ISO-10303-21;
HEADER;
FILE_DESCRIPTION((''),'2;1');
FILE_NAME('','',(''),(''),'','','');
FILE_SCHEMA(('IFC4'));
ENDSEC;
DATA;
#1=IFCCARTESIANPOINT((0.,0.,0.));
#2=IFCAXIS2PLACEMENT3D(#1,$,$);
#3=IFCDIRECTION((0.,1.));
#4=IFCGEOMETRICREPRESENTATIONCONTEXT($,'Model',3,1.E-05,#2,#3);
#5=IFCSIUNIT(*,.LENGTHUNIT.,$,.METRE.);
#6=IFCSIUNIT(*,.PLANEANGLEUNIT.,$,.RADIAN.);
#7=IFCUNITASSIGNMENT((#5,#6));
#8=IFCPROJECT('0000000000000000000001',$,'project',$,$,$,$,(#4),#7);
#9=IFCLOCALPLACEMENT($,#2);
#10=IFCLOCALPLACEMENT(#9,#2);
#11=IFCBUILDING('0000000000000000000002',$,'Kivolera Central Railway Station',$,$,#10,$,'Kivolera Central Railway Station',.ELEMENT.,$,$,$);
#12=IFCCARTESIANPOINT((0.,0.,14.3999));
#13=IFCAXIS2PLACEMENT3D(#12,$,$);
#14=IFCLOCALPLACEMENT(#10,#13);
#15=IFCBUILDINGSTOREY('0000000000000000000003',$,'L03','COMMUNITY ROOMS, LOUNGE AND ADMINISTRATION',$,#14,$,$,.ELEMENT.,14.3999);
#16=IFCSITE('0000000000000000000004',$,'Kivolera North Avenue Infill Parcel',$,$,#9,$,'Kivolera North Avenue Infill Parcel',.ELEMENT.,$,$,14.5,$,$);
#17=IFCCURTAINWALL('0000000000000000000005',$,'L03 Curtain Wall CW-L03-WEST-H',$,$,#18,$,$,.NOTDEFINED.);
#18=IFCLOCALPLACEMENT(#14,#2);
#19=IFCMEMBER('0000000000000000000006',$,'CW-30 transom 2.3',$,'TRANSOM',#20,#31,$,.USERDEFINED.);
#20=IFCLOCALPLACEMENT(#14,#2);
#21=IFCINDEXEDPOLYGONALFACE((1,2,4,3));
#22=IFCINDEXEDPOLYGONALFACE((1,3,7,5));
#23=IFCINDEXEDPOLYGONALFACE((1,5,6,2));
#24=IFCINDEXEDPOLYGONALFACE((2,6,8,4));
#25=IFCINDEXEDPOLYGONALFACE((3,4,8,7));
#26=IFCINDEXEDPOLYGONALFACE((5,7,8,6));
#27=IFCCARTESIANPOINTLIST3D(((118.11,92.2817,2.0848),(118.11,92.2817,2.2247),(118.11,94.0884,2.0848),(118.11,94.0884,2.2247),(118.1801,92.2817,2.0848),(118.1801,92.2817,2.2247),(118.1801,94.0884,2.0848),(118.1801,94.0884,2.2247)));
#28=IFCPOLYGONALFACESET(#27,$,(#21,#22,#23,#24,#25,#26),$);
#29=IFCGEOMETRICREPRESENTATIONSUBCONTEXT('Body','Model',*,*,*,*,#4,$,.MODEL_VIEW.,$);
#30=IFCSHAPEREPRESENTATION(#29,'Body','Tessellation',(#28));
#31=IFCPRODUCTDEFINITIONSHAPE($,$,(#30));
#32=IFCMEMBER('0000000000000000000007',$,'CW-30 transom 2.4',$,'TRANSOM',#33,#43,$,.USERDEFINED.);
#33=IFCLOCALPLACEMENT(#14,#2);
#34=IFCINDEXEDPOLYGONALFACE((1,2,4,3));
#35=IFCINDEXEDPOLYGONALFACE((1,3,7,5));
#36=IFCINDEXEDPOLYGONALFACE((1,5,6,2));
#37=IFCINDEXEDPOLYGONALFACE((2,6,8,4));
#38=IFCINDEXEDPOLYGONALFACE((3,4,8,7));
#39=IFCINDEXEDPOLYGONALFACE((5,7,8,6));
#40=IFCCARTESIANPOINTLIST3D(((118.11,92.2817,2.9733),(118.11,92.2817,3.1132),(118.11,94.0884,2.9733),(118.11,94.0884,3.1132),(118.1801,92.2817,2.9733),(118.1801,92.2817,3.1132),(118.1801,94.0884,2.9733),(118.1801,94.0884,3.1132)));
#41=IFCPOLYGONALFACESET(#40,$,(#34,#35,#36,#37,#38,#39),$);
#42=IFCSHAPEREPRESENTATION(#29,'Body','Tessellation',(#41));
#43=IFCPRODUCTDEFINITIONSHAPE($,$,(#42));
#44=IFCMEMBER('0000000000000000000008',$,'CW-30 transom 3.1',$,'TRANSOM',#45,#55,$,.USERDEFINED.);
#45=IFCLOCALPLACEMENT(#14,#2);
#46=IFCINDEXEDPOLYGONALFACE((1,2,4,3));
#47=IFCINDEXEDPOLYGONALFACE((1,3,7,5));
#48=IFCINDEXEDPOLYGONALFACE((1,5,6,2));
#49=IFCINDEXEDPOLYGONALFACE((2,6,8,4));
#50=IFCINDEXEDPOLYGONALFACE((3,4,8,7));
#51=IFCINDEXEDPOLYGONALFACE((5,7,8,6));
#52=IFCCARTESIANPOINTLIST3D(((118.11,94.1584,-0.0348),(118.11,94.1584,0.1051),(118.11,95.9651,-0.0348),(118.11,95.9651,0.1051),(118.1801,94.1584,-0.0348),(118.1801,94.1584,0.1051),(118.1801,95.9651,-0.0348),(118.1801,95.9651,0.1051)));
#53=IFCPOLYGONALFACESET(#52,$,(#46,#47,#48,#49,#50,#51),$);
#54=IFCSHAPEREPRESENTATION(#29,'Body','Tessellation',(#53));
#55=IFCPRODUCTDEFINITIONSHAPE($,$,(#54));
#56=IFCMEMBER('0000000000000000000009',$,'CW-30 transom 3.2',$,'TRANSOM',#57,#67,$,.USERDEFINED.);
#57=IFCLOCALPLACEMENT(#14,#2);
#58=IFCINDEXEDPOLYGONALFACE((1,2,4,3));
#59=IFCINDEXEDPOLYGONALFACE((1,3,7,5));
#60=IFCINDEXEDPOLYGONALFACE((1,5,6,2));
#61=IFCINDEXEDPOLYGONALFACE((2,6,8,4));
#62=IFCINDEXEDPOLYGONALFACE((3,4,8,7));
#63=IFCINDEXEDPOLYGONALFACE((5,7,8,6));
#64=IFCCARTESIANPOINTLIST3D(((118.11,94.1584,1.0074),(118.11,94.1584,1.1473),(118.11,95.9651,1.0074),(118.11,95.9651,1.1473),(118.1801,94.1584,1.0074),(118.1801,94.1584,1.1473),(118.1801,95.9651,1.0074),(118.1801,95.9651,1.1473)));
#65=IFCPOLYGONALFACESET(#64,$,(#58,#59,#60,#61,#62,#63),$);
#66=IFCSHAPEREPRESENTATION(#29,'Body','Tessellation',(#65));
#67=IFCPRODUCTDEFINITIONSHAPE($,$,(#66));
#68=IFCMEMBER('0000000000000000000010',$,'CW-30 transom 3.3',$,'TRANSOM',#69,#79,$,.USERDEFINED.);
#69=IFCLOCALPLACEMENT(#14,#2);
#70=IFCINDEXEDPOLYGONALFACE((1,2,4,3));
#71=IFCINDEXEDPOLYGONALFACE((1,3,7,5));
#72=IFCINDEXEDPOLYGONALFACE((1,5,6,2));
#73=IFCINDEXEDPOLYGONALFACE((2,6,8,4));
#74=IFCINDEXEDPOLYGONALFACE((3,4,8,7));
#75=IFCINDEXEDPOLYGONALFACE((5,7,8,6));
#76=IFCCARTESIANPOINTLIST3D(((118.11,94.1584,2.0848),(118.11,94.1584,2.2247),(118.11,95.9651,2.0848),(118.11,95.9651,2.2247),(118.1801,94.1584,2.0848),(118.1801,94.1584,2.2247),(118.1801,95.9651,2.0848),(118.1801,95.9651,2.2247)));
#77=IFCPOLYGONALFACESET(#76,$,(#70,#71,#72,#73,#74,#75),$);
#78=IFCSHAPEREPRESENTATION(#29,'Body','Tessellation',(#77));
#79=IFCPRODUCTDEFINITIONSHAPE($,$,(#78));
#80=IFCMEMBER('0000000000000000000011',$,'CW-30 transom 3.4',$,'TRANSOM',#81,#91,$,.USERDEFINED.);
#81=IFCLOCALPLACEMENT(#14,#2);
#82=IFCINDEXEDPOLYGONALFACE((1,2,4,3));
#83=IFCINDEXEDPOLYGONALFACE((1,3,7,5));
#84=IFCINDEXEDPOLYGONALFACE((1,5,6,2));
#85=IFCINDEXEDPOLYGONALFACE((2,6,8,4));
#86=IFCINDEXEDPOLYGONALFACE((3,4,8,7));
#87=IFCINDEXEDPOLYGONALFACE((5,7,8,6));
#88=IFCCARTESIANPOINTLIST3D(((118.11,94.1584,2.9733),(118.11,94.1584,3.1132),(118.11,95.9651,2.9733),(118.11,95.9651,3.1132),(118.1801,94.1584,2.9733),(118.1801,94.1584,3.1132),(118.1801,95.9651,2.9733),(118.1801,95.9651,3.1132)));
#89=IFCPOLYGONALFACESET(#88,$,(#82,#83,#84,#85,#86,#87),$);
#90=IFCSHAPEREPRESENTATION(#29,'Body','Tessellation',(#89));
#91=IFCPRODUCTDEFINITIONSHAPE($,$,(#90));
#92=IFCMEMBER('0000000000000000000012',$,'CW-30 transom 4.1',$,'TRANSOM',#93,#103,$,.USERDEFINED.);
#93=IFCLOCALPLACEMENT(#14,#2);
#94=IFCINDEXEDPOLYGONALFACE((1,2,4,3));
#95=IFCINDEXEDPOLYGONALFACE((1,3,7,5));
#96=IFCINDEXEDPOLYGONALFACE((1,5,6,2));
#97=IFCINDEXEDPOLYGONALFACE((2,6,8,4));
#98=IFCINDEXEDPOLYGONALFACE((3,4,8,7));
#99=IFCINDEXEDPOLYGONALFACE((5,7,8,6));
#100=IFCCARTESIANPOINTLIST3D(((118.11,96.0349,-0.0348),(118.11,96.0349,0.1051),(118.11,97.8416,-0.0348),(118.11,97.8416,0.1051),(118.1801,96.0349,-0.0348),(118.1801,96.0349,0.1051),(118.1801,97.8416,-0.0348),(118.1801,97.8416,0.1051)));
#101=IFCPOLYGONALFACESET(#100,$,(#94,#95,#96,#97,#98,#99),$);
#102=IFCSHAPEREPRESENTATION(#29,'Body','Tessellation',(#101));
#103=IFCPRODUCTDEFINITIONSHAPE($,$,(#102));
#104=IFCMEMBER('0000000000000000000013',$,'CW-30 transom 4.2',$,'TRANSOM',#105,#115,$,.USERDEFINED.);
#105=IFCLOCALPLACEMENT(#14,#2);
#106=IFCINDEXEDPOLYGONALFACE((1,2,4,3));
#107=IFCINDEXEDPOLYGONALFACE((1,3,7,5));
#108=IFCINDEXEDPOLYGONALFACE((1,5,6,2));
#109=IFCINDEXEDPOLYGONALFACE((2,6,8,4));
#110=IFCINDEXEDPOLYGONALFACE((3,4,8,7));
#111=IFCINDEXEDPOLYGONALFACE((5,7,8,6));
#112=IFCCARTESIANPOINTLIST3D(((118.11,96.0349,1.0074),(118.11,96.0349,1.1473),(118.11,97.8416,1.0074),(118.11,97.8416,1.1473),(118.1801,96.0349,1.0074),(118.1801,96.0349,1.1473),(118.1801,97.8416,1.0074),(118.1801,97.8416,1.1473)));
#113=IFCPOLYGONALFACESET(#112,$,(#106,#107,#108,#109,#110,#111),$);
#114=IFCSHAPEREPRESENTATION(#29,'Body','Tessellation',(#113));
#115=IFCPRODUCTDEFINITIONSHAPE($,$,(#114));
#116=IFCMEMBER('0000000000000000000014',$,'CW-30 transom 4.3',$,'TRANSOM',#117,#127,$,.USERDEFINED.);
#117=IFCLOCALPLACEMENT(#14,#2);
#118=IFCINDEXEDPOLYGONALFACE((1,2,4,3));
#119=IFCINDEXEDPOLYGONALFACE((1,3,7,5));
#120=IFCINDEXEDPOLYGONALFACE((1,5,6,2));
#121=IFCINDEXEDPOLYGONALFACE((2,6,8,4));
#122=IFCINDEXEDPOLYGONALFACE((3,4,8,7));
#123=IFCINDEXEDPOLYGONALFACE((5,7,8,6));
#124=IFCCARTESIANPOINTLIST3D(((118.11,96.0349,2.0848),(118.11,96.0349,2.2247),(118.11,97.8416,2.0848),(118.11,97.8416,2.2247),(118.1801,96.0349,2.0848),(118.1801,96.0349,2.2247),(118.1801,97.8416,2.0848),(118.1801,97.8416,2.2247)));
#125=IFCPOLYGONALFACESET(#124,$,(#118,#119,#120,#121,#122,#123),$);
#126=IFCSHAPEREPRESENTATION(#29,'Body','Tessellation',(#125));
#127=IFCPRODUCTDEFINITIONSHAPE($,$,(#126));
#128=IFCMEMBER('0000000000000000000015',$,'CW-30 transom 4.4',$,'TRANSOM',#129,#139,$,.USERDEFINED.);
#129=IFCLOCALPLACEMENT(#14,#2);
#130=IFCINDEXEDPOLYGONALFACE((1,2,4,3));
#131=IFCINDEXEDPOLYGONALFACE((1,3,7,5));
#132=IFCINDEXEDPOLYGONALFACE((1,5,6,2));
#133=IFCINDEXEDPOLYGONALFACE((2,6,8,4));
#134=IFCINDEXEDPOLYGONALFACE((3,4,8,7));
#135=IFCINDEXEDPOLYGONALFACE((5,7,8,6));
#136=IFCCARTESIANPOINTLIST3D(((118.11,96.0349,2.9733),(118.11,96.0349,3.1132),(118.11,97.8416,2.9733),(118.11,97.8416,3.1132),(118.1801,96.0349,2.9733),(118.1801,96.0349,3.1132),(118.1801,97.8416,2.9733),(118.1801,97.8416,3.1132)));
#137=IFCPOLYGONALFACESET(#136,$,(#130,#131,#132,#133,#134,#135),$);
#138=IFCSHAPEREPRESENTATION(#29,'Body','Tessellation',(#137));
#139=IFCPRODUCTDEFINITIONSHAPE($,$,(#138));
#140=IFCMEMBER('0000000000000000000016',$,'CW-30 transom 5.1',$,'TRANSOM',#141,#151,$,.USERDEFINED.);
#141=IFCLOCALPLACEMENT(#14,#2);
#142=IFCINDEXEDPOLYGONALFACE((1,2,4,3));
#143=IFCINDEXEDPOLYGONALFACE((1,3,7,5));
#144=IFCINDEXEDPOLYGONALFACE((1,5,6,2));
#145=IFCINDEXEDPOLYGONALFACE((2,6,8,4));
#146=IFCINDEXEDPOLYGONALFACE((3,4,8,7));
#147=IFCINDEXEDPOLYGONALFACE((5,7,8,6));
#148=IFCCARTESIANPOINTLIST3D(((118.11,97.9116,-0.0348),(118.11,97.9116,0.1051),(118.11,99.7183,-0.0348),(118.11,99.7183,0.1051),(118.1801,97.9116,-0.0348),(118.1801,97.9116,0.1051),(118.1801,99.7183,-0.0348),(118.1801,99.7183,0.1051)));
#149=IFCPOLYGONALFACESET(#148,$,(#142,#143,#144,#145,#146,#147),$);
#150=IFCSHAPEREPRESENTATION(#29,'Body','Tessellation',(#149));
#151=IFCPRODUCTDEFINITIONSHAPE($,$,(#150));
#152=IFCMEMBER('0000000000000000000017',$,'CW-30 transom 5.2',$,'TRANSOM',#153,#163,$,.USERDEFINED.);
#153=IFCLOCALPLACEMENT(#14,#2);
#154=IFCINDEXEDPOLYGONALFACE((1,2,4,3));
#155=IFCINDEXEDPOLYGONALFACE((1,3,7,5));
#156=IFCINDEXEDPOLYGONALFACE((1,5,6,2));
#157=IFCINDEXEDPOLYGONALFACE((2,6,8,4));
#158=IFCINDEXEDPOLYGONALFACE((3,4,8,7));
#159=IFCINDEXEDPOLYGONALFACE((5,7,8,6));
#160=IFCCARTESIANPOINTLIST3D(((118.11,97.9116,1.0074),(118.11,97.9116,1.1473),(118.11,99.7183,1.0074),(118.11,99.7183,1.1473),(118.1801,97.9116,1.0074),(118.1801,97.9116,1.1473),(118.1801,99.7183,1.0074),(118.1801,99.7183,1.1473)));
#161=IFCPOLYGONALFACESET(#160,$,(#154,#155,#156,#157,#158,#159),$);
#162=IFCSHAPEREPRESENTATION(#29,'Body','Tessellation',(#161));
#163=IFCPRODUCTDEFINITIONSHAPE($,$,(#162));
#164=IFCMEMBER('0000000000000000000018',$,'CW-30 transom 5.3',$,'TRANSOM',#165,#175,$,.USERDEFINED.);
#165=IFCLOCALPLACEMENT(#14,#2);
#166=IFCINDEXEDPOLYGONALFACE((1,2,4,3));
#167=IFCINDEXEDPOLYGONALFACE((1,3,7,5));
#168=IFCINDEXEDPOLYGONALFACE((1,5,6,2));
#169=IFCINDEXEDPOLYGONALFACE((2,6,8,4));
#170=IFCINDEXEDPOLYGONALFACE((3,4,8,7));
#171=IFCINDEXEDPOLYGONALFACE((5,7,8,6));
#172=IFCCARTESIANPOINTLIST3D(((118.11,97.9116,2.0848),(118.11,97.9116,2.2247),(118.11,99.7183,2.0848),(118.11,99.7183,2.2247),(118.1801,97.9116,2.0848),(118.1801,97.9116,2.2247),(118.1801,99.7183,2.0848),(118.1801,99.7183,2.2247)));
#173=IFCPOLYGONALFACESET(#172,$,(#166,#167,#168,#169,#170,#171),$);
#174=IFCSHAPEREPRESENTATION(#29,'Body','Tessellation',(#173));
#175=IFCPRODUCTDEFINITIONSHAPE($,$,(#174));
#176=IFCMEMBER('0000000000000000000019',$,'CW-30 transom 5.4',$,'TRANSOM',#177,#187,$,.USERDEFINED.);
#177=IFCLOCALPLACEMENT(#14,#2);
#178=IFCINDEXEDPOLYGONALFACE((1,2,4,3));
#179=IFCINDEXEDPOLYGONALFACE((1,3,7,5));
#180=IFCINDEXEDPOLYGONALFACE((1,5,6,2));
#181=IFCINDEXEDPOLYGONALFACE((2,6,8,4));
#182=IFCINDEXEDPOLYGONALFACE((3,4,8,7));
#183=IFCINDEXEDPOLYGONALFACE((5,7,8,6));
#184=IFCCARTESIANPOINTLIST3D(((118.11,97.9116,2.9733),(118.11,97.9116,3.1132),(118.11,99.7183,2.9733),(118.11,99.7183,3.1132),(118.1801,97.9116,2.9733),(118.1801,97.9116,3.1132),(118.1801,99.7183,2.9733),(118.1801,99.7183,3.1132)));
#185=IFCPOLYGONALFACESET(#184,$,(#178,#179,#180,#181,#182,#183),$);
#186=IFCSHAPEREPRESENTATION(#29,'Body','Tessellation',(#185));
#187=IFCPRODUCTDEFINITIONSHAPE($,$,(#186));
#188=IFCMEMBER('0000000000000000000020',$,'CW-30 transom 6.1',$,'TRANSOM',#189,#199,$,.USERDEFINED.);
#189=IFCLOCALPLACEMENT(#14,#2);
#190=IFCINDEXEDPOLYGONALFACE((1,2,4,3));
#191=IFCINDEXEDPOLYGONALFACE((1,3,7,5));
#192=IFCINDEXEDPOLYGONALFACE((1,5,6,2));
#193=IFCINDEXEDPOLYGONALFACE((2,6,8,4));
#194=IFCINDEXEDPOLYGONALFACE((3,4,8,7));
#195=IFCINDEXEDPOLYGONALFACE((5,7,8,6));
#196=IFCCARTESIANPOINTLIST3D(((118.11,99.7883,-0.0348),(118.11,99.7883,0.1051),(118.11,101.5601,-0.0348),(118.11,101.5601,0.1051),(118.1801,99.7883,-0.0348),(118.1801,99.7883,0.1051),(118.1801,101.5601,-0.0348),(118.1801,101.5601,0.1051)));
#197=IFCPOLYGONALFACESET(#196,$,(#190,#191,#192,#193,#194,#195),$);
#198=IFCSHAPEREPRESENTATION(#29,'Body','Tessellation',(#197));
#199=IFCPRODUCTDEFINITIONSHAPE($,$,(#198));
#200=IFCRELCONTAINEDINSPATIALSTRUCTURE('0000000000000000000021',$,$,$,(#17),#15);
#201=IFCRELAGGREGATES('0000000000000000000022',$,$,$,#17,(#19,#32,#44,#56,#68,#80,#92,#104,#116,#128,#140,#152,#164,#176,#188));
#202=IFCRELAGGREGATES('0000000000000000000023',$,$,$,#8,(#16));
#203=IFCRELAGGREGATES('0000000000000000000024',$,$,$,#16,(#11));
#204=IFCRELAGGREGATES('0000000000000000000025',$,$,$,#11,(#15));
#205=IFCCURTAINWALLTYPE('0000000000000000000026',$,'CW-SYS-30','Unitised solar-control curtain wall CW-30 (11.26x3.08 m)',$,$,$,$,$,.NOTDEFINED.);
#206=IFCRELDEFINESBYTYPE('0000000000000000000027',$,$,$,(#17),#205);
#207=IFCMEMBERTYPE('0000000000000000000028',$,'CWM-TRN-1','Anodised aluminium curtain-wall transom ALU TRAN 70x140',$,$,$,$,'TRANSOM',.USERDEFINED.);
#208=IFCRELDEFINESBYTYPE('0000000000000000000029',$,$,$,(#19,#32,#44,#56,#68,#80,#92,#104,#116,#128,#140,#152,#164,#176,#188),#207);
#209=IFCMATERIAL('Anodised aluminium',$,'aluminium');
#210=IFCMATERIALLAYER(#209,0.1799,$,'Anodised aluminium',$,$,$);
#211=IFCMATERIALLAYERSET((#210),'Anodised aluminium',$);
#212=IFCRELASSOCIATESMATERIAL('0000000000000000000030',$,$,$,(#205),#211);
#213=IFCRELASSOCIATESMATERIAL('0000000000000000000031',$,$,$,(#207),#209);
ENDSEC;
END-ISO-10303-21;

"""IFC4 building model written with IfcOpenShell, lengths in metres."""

from ifc_helpers import new_model, si_unit, direction, frame, origin, origin_2d, place, context, subcontext, project, spatial, rectangle, extrude, material, layer, layer_set, material_profile, profile_set, type_object, element, aggregate, save


model = new_model("IFC4")

# Units and contexts
model_context = context("Model", 3, precision=1e-05, world=origin(), true_north=direction((0.0, 1.0)))
body_context = subcontext(model_context, "Body", "Model", "MODEL_VIEW")
ifc_project = project(units=[si_unit("LENGTHUNIT", "METRE"), si_unit("PLANEANGLEUNIT", "RADIAN")], contexts=[model_context])

# Site, building, storey
site_placement = place(None, origin())
site = spatial("IfcSite", under=ifc_project, at=site_placement, Name="Kivolera North Avenue Infill Parcel", LongName="Kivolera North Avenue Infill Parcel", CompositionType="ELEMENT", RefElevation=14.5)
building_placement = place(site_placement, origin())
building = spatial("IfcBuilding", under=site, at=building_placement, Name="Kivolera Central Railway Station", LongName="Kivolera Central Railway Station", CompositionType="ELEMENT")
storey_placement = place(building_placement, frame((0.0, 0.0, 14.3999)))
storey = spatial("IfcBuildingStorey", under=building, at=storey_placement, Name="L03", Description="COMMUNITY ROOMS, LOUNGE AND ADMINISTRATION", CompositionType="ELEMENT", Elevation=14.3999)

# Curtain wall, members
ifc_material_1 = material(Name="Anodised aluminium", Category="aluminium")
ifc_layer_1 = layer(ifc_material_1, 0.1799, Name="Anodised aluminium")
ifc_layer_set_1 = layer_set([ifc_layer_1], Name="Anodised aluminium")
curtain_wall_type = type_object("IfcCurtainWallType", Name="CW-SYS-30", Description="Unitised solar-control curtain wall CW-30 (11.26x3.08 m)", PredefinedType="NOTDEFINED", material=ifc_layer_set_1)
curtain_wall_placement = place(storey_placement, origin())
curtain_wall = element("IfcCurtainWall", 1, at=curtain_wall_placement, inside=storey, type_object=curtain_wall_type, Name="L03 Curtain Wall CW-L03-WEST-H", PredefinedType="NOTDEFINED")
ifc_material_profile = material_profile(ifc_material_1, rectangle(XDim=0.0701, YDim=0.1399, at=origin_2d()), Name="ALU TRAN 70x140")
ifc_profile_set = profile_set([ifc_material_profile], Name="Anodised aluminium")
member_type = type_object("IfcMemberType", Name="CWM-TRN-1", Description="Anodised aluminium curtain-wall transom ALU TRAN 70x140", ElementType="TRANSOM", PredefinedType="USERDEFINED", material=ifc_profile_set)
member_1_placement = place(storey_placement, frame((118.145, 92.2817, 2.1548), z_axis=(0.0, 1.0, 0.0), x_axis=(-1.0, 0.0, 0.0)))
member_1 = element("IfcMember", 2, at=member_1_placement, type_object=member_type, Name="CW-30 transom 2.3", ObjectType="TRANSOM", PredefinedType="USERDEFINED", context=body_context, shape_type="SweptSolid", body=[
    extrude(rectangle(XDim=0.0701, YDim=0.1399, at=origin_2d()), origin(), (0.0, 0.0, 1.0), 1.8066),
])
member_2_placement = place(storey_placement, frame((118.145, 92.2817, 3.0432), z_axis=(0.0, 1.0, 0.0), x_axis=(-1.0, 0.0, 0.0)))
member_2 = element("IfcMember", 3, at=member_2_placement, type_object=member_type, Name="CW-30 transom 2.4", ObjectType="TRANSOM", PredefinedType="USERDEFINED", context=body_context, shape_type="SweptSolid", body=[
    extrude(rectangle(XDim=0.0701, YDim=0.1399, at=origin_2d()), origin(), (0.0, 0.0, 1.0), 1.8066),
])
member_3_placement = place(storey_placement, frame((118.145, 94.1584, 0.0352), z_axis=(0.0, 1.0, 0.0), x_axis=(-1.0, 0.0, 0.0)))
member_3 = element("IfcMember", 4, at=member_3_placement, type_object=member_type, Name="CW-30 transom 3.1", ObjectType="TRANSOM", PredefinedType="USERDEFINED", context=body_context, shape_type="SweptSolid", body=[
    extrude(rectangle(XDim=0.0701, YDim=0.1399, at=origin_2d()), origin(), (0.0, 0.0, 1.0), 1.8066),
])
member_4_placement = place(storey_placement, frame((118.145, 94.1584, 1.0774), z_axis=(0.0, 1.0, 0.0), x_axis=(-1.0, 0.0, 0.0)))
member_4 = element("IfcMember", 5, at=member_4_placement, type_object=member_type, Name="CW-30 transom 3.2", ObjectType="TRANSOM", PredefinedType="USERDEFINED", context=body_context, shape_type="SweptSolid", body=[
    extrude(rectangle(XDim=0.0701, YDim=0.1399, at=origin_2d()), origin(), (0.0, 0.0, 1.0), 1.8066),
])
member_5_placement = place(storey_placement, frame((118.145, 94.1584, 2.1548), z_axis=(0.0, 1.0, 0.0), x_axis=(-1.0, 0.0, 0.0)))
member_5 = element("IfcMember", 6, at=member_5_placement, type_object=member_type, Name="CW-30 transom 3.3", ObjectType="TRANSOM", PredefinedType="USERDEFINED", context=body_context, shape_type="SweptSolid", body=[
    extrude(rectangle(XDim=0.0701, YDim=0.1399, at=origin_2d()), origin(), (0.0, 0.0, 1.0), 1.8066),
])
member_6_placement = place(storey_placement, frame((118.145, 94.1584, 3.0432), z_axis=(0.0, 1.0, 0.0), x_axis=(-1.0, 0.0, 0.0)))
member_6 = element("IfcMember", 7, at=member_6_placement, type_object=member_type, Name="CW-30 transom 3.4", ObjectType="TRANSOM", PredefinedType="USERDEFINED", context=body_context, shape_type="SweptSolid", body=[
    extrude(rectangle(XDim=0.0701, YDim=0.1399, at=origin_2d()), origin(), (0.0, 0.0, 1.0), 1.8066),
])
member_7_placement = place(storey_placement, frame((118.145, 96.0349, 0.0352), z_axis=(0.0, 1.0, 0.0), x_axis=(-1.0, 0.0, 0.0)))
member_7 = element("IfcMember", 8, at=member_7_placement, type_object=member_type, Name="CW-30 transom 4.1", ObjectType="TRANSOM", PredefinedType="USERDEFINED", context=body_context, shape_type="SweptSolid", body=[
    extrude(rectangle(XDim=0.0701, YDim=0.1399, at=origin_2d()), origin(), (0.0, 0.0, 1.0), 1.8066),
])
member_8_placement = place(storey_placement, frame((118.145, 96.0349, 1.0774), z_axis=(0.0, 1.0, 0.0), x_axis=(-1.0, 0.0, 0.0)))
member_8 = element("IfcMember", 9, at=member_8_placement, type_object=member_type, Name="CW-30 transom 4.2", ObjectType="TRANSOM", PredefinedType="USERDEFINED", context=body_context, shape_type="SweptSolid", body=[
    extrude(rectangle(XDim=0.0701, YDim=0.1399, at=origin_2d()), origin(), (0.0, 0.0, 1.0), 1.8066),
])
member_9_placement = place(storey_placement, frame((118.145, 96.0349, 2.1548), z_axis=(0.0, 1.0, 0.0), x_axis=(-1.0, 0.0, 0.0)))
member_9 = element("IfcMember", 10, at=member_9_placement, type_object=member_type, Name="CW-30 transom 4.3", ObjectType="TRANSOM", PredefinedType="USERDEFINED", context=body_context, shape_type="SweptSolid", body=[
    extrude(rectangle(XDim=0.0701, YDim=0.1399, at=origin_2d()), origin(), (0.0, 0.0, 1.0), 1.8066),
])
member_10_placement = place(storey_placement, frame((118.145, 96.0349, 3.0432), z_axis=(0.0, 1.0, 0.0), x_axis=(-1.0, 0.0, 0.0)))
member_10 = element("IfcMember", 11, at=member_10_placement, type_object=member_type, Name="CW-30 transom 4.4", ObjectType="TRANSOM", PredefinedType="USERDEFINED", context=body_context, shape_type="SweptSolid", body=[
    extrude(rectangle(XDim=0.0701, YDim=0.1399, at=origin_2d()), origin(), (0.0, 0.0, 1.0), 1.8066),
])
member_11_placement = place(storey_placement, frame((118.145, 97.9116, 0.0352), z_axis=(0.0, 1.0, 0.0), x_axis=(-1.0, 0.0, 0.0)))
member_11 = element("IfcMember", 12, at=member_11_placement, type_object=member_type, Name="CW-30 transom 5.1", ObjectType="TRANSOM", PredefinedType="USERDEFINED", context=body_context, shape_type="SweptSolid", body=[
    extrude(rectangle(XDim=0.0701, YDim=0.1399, at=origin_2d()), origin(), (0.0, 0.0, 1.0), 1.8066),
])
member_12_placement = place(storey_placement, frame((118.145, 97.9116, 1.0774), z_axis=(0.0, 1.0, 0.0), x_axis=(-1.0, 0.0, 0.0)))
member_12 = element("IfcMember", 13, at=member_12_placement, type_object=member_type, Name="CW-30 transom 5.2", ObjectType="TRANSOM", PredefinedType="USERDEFINED", context=body_context, shape_type="SweptSolid", body=[
    extrude(rectangle(XDim=0.0701, YDim=0.1399, at=origin_2d()), origin(), (0.0, 0.0, 1.0), 1.8066),
])
member_13_placement = place(storey_placement, frame((118.145, 97.9116, 2.1548), z_axis=(0.0, 1.0, 0.0), x_axis=(-1.0, 0.0, 0.0)))
member_13 = element("IfcMember", 14, at=member_13_placement, type_object=member_type, Name="CW-30 transom 5.3", ObjectType="TRANSOM", PredefinedType="USERDEFINED", context=body_context, shape_type="SweptSolid", body=[
    extrude(rectangle(XDim=0.0701, YDim=0.1399, at=origin_2d()), origin(), (0.0, 0.0, 1.0), 1.8066),
])
member_14_placement = place(storey_placement, frame((118.145, 97.9116, 3.0432), z_axis=(0.0, 1.0, 0.0), x_axis=(-1.0, 0.0, 0.0)))
member_14 = element("IfcMember", 15, at=member_14_placement, type_object=member_type, Name="CW-30 transom 5.4", ObjectType="TRANSOM", PredefinedType="USERDEFINED", context=body_context, shape_type="SweptSolid", body=[
    extrude(rectangle(XDim=0.0701, YDim=0.1399, at=origin_2d()), origin(), (0.0, 0.0, 1.0), 1.8066),
])
member_15_placement = place(storey_placement, frame((118.145, 99.7883, 0.0352), z_axis=(0.0, 1.0, 0.0), x_axis=(-1.0, 0.0, 0.0)))
member_15 = element("IfcMember", 16, at=member_15_placement, type_object=member_type, Name="CW-30 transom 6.1", ObjectType="TRANSOM", PredefinedType="USERDEFINED", context=body_context, shape_type="SweptSolid", body=[
    extrude(rectangle(XDim=0.0701, YDim=0.1399, at=origin_2d()), origin(), (0.0, 0.0, 1.0), 1.7717),
])
aggregate(curtain_wall, [member_1, member_2, member_3, member_4, member_5, member_6, member_7, member_8, member_9, member_10, member_11, member_12, member_13, member_14, member_15])

save(model, "model.ifc")
